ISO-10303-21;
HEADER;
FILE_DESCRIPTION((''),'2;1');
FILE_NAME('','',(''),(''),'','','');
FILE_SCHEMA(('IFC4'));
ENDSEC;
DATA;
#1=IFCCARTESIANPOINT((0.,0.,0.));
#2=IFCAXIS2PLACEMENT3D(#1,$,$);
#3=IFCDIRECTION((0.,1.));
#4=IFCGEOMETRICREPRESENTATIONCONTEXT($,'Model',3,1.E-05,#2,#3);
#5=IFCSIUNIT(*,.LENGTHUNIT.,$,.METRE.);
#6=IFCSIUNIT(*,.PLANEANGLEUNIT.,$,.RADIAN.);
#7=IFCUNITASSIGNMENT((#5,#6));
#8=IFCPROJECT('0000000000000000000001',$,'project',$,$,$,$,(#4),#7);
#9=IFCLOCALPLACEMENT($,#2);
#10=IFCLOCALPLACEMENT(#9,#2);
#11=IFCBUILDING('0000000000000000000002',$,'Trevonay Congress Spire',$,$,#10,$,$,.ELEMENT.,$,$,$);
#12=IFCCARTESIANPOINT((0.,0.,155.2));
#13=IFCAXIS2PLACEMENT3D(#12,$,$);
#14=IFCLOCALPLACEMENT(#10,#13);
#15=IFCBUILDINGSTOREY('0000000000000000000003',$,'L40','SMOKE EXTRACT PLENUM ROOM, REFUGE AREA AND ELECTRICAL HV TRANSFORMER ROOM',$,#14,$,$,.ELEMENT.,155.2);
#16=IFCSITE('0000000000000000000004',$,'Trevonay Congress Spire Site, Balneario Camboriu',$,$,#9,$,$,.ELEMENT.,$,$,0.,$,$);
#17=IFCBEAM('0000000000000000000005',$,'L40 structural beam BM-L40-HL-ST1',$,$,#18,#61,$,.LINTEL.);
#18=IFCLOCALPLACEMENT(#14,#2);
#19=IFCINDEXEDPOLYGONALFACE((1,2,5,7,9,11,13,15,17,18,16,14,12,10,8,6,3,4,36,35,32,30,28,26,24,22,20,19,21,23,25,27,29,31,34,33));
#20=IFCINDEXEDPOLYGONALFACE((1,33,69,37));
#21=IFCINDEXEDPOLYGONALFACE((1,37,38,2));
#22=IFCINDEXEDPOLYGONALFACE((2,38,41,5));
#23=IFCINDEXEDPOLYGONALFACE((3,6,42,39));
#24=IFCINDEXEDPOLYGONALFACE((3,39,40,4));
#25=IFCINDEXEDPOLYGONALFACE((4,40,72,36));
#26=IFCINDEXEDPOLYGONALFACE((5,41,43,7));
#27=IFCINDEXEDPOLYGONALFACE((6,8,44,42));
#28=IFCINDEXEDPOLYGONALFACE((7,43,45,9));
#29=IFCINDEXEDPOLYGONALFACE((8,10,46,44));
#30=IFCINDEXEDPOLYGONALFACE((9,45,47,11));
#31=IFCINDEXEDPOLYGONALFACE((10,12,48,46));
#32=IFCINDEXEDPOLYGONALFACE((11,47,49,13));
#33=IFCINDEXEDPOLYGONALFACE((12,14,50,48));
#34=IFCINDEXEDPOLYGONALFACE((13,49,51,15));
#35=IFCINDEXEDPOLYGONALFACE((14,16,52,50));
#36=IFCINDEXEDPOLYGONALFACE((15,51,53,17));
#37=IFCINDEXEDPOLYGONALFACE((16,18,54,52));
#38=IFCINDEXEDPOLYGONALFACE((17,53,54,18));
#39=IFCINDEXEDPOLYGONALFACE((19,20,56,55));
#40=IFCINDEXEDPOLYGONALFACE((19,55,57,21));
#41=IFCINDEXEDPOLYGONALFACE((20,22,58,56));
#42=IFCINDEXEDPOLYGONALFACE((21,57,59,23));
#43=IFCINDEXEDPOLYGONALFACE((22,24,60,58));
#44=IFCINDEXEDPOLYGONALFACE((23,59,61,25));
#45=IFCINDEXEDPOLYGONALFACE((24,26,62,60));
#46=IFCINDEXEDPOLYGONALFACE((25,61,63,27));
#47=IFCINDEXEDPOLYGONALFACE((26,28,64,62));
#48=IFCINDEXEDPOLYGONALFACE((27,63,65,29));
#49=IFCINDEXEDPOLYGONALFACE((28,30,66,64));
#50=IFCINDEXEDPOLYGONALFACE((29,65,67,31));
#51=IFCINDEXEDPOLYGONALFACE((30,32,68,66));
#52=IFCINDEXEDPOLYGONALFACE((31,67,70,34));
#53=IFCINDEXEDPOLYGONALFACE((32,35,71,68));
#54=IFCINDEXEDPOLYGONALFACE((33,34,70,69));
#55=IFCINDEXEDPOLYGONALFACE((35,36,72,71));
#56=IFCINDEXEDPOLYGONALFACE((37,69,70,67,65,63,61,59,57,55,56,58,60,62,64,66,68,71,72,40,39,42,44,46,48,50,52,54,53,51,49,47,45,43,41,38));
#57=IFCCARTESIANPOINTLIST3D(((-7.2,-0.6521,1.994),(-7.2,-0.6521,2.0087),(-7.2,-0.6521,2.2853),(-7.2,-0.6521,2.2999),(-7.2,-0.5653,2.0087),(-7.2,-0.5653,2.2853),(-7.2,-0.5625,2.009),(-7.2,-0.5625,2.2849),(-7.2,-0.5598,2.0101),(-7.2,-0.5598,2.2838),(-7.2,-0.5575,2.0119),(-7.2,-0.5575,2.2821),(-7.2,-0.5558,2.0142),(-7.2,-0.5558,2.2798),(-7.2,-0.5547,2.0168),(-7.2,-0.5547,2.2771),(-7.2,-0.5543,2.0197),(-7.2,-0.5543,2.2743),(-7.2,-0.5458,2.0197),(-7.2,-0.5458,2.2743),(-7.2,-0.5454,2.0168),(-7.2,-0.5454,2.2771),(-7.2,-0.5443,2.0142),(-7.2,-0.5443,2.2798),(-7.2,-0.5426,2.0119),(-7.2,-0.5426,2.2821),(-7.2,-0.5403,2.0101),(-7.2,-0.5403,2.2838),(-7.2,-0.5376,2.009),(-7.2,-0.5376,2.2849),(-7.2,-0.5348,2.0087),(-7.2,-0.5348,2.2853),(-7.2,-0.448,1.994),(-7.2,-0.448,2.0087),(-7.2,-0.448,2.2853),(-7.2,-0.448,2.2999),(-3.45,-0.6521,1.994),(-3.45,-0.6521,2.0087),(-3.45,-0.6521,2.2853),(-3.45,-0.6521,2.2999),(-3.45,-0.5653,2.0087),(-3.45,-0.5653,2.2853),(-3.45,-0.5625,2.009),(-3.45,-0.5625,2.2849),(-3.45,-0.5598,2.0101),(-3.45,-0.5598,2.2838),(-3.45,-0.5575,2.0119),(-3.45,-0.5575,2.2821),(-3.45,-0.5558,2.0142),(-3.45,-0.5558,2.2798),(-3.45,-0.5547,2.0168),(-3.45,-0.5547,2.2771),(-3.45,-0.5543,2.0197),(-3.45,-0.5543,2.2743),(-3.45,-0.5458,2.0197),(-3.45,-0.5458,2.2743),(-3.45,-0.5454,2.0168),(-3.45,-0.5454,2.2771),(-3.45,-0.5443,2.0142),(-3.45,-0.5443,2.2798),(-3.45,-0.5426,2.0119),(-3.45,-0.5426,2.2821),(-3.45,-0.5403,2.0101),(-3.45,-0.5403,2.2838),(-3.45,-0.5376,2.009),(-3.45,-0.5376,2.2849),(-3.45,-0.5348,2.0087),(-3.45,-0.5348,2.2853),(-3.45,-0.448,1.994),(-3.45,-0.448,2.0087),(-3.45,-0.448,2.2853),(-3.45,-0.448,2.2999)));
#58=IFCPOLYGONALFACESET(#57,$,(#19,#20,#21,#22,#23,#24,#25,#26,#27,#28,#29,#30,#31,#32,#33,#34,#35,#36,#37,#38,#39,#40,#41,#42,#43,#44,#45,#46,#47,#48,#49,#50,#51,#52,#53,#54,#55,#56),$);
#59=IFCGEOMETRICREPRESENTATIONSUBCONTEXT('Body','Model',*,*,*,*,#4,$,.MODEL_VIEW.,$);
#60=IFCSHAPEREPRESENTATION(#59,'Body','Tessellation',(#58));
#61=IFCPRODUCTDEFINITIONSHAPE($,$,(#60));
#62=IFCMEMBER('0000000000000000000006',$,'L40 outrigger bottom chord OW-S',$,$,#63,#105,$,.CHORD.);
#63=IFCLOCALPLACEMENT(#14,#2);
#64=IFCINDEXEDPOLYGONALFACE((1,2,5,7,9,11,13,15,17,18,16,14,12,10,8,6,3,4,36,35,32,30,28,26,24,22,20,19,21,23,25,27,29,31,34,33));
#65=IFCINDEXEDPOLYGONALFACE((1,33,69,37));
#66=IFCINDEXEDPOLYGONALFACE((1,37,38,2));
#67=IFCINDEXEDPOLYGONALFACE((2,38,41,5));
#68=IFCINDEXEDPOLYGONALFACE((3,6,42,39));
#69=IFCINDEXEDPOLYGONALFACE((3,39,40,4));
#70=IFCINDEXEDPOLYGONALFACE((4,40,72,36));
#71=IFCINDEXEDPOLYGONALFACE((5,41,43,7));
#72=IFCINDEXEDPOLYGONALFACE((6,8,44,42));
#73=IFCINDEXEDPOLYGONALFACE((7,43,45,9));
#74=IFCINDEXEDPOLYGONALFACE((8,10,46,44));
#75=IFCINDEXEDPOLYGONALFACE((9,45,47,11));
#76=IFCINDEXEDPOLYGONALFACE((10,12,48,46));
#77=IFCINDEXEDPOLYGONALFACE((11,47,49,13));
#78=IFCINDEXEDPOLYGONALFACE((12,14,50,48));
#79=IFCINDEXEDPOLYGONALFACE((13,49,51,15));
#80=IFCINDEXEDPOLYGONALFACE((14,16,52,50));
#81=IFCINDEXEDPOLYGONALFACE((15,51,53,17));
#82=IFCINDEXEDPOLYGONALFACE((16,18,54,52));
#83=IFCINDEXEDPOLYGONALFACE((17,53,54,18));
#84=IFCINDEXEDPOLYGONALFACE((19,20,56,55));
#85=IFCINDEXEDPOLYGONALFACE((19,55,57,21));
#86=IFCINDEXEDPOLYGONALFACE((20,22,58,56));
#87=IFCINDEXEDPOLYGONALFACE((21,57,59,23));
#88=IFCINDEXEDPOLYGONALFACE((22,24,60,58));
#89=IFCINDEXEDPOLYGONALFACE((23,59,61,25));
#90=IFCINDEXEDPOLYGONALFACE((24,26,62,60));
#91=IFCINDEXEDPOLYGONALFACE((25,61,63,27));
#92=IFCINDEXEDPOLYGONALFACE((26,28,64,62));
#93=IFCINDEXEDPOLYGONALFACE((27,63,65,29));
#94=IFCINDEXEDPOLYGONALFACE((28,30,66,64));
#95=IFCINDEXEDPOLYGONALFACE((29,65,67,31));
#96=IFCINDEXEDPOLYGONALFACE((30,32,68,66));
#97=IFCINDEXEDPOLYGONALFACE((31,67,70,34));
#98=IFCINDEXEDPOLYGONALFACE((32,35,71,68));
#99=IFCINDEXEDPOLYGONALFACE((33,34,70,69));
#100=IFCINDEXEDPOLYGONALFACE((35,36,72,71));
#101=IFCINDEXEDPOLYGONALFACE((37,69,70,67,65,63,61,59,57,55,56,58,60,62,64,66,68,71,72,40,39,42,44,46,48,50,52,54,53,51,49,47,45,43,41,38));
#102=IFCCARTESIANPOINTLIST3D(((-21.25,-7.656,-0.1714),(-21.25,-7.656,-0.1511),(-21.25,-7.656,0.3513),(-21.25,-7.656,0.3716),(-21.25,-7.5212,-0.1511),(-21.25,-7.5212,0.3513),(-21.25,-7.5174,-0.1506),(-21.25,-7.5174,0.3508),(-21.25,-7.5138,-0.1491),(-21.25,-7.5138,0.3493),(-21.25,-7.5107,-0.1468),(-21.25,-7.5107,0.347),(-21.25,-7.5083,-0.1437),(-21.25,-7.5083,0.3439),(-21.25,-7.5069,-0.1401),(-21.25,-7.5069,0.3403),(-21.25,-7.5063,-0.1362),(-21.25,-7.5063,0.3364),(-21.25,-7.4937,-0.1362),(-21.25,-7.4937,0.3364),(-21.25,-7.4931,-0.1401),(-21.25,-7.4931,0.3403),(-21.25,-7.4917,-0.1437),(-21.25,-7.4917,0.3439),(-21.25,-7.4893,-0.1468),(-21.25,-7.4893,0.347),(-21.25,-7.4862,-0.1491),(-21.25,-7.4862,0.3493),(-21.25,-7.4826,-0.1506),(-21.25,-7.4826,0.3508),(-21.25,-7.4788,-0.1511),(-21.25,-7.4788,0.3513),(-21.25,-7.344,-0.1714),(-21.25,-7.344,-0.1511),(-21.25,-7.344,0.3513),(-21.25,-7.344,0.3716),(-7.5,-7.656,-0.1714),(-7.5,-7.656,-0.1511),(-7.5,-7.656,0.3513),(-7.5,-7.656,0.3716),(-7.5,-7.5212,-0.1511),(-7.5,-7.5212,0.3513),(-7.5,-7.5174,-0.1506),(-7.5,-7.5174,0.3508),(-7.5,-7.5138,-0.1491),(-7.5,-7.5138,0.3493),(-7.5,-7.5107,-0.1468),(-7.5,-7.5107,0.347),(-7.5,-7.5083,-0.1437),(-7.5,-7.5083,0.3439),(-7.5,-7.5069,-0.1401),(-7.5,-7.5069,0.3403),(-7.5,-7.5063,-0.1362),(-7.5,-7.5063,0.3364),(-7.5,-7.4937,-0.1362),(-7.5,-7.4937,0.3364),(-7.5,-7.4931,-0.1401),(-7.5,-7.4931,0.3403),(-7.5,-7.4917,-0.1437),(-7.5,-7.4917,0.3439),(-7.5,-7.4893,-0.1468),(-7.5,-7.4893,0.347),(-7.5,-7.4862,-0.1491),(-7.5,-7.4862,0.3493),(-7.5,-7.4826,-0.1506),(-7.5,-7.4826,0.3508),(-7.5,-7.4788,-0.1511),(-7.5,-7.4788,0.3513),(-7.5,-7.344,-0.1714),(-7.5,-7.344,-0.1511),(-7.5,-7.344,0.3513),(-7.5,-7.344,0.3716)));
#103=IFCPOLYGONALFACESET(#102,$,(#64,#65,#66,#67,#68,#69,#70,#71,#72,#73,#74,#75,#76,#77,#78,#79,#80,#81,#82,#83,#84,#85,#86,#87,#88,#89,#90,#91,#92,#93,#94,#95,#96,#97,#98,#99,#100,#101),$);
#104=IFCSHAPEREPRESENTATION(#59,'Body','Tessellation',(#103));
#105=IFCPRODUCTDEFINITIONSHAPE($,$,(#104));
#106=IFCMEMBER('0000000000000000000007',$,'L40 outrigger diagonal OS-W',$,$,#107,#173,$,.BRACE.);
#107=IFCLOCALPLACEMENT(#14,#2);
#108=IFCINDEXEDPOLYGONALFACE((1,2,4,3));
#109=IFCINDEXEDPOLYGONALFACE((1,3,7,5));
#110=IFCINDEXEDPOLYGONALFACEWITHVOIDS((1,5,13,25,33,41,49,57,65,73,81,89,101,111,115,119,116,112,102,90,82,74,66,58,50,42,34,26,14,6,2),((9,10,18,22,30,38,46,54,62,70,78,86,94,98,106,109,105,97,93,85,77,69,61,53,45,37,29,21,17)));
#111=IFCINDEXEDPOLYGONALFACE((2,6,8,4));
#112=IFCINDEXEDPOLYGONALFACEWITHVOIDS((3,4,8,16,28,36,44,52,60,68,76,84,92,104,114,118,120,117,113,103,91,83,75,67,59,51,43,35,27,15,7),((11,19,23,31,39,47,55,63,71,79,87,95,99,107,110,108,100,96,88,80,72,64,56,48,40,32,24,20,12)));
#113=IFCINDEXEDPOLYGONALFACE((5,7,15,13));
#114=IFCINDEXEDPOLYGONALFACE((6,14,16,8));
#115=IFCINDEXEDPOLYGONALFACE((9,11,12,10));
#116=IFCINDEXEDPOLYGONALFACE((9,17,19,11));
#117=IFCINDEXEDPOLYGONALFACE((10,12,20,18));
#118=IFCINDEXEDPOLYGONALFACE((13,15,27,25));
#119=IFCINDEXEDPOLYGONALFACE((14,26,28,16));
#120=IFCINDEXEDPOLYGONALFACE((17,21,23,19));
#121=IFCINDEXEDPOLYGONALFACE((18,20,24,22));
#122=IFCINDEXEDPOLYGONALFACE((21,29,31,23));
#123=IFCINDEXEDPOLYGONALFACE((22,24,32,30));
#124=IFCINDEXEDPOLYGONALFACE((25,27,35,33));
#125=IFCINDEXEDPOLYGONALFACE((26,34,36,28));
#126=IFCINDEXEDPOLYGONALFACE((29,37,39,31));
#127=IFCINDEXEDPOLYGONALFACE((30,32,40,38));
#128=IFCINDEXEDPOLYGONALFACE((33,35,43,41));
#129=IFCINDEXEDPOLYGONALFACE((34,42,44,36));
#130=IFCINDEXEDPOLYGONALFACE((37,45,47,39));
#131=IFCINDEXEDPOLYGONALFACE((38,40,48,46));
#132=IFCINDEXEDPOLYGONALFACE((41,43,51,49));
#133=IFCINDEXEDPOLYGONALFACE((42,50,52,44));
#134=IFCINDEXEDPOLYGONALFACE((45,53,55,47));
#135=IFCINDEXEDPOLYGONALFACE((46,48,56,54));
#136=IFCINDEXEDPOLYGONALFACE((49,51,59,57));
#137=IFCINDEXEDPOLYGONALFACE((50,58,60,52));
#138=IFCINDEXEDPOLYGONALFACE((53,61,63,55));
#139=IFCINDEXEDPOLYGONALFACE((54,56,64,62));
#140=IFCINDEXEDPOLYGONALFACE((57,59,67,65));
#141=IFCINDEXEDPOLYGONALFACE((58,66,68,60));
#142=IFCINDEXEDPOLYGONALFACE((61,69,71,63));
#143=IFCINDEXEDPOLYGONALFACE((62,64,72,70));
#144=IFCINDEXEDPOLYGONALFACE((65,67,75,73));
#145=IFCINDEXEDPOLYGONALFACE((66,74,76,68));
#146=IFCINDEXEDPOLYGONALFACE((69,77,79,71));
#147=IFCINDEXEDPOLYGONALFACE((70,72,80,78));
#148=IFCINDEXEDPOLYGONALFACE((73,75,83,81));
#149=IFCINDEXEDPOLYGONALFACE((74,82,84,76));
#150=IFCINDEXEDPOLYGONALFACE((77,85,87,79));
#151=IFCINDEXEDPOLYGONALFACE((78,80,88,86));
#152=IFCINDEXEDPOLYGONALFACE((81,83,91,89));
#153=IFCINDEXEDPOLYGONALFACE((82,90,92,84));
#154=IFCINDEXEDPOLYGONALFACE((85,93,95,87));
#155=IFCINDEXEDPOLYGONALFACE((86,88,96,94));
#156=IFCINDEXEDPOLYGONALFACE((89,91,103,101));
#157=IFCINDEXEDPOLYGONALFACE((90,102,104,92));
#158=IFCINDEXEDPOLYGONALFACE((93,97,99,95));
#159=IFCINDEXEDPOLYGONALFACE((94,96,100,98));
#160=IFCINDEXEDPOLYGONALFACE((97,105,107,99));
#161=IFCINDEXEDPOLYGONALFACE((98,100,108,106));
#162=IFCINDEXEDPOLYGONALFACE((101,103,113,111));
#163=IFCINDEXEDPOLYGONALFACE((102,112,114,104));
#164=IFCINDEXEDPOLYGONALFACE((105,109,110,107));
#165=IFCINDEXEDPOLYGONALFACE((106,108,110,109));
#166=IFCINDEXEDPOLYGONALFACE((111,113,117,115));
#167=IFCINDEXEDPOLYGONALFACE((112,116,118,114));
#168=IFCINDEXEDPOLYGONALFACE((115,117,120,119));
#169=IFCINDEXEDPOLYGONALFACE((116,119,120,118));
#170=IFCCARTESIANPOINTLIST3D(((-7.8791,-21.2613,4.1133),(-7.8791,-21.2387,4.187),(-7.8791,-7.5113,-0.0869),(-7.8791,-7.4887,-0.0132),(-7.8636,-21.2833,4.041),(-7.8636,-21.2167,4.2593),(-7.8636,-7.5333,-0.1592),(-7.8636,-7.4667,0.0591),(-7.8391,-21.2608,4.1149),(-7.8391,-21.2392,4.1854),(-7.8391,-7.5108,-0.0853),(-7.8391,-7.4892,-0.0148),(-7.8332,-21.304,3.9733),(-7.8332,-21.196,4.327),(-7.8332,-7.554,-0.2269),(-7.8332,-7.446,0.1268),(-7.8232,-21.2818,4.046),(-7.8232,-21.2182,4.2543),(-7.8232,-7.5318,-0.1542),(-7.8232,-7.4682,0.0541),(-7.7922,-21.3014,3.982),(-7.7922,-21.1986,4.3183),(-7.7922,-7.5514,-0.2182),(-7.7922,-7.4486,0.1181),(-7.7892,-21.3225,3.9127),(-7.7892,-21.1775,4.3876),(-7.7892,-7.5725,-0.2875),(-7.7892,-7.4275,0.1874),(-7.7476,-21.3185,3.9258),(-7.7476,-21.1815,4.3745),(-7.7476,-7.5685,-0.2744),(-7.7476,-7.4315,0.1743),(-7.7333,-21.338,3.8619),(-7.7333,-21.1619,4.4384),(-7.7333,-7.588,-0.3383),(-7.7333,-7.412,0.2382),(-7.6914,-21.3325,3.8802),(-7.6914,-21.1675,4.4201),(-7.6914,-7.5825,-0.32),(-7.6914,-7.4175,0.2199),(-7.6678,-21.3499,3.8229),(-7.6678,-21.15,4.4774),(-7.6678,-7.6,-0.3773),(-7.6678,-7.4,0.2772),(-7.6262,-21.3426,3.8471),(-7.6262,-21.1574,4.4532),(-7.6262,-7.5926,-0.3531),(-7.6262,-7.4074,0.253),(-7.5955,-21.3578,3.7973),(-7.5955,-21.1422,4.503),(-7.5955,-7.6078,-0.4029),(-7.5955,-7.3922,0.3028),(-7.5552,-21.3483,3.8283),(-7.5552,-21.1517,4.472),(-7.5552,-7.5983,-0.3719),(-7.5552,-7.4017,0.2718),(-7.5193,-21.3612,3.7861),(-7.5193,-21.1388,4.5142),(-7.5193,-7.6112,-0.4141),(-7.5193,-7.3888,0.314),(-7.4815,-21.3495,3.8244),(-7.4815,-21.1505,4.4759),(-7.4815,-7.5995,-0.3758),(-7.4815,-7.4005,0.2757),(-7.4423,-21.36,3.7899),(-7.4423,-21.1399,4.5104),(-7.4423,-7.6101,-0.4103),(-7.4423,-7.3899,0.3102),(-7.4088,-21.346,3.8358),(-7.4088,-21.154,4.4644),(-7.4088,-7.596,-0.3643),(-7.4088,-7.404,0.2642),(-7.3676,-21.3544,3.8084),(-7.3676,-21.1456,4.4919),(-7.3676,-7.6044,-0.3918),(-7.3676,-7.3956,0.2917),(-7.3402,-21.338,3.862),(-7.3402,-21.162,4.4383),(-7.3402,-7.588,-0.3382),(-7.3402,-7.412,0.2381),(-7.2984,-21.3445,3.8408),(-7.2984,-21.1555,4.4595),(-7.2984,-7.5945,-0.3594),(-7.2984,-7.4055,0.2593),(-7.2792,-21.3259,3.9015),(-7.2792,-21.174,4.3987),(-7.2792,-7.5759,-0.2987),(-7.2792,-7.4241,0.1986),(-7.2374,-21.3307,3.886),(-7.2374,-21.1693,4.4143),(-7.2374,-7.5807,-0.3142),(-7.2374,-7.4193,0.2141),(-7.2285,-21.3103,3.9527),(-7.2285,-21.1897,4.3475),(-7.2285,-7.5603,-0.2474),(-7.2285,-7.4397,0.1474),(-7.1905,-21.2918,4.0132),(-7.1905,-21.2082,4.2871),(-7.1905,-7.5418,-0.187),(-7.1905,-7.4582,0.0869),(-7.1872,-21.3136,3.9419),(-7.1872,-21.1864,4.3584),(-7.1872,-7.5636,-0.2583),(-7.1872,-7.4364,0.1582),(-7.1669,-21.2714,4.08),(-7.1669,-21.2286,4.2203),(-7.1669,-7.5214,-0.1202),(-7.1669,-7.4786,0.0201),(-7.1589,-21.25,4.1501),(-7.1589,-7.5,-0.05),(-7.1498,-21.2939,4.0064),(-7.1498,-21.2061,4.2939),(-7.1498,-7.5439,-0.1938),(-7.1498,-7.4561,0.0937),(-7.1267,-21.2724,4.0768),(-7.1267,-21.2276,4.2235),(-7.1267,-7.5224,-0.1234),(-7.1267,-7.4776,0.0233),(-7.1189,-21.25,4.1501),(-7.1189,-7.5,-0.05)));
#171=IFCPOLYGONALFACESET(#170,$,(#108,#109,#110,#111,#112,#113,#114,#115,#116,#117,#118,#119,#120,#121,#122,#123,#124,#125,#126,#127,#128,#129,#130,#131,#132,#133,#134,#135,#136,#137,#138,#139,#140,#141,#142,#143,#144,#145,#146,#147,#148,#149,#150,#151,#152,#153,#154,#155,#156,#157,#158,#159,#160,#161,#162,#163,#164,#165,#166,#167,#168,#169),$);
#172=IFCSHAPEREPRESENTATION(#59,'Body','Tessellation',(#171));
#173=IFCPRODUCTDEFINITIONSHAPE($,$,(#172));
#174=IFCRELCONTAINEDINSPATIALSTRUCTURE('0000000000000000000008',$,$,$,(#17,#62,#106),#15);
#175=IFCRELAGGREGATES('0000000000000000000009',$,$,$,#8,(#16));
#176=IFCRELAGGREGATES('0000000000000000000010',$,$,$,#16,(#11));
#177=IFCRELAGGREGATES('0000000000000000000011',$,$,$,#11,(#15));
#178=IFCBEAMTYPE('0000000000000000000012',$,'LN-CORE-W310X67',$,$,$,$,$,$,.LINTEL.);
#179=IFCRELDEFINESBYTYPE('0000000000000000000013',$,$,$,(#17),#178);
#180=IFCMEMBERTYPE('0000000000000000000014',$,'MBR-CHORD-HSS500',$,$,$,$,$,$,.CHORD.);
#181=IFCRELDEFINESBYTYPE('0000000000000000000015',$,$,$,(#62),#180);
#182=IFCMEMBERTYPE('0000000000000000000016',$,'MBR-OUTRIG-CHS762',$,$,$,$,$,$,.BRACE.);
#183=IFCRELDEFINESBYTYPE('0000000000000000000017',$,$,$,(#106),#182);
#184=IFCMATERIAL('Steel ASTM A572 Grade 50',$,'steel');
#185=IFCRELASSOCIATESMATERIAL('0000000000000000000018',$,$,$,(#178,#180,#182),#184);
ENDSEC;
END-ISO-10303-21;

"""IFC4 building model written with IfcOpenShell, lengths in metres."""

from ifc_helpers import new_model, si_unit, direction, frame, origin, origin_2d, place, context, subcontext, project, spatial, hollow_circle, i_section, extrude, material, material_profile, profile_set, type_object, element, save


model = new_model("IFC4")

# Units and contexts
model_context = context("Model", 3, precision=1e-05, world=origin(), true_north=direction((0.0, 1.0)))
body_context = subcontext(model_context, "Body", "Model", "MODEL_VIEW")
ifc_project = project(units=[si_unit("LENGTHUNIT", "METRE"), si_unit("PLANEANGLEUNIT", "RADIAN")], contexts=[model_context])

# Site, building, storey
site_placement = place(None, origin())
site = spatial("IfcSite", under=ifc_project, at=site_placement, Name="Trevonay Congress Spire Site, Balneario Camboriu", CompositionType="ELEMENT", RefElevation=0.0)
building_placement = place(site_placement, origin())
building = spatial("IfcBuilding", under=site, at=building_placement, Name="Trevonay Congress Spire", CompositionType="ELEMENT")
storey_placement = place(building_placement, frame((0.0, 0.0, 155.2)))
storey = spatial("IfcBuildingStorey", under=building, at=storey_placement, Name="L40", Description="SMOKE EXTRACT PLENUM ROOM, REFUGE AREA AND ELECTRICAL HV TRANSFORMER ROOM", CompositionType="ELEMENT", Elevation=155.2)

# Shared definitions
ifc_material_1 = material(Name="Steel ASTM A572 Grade 50", Category="steel")

# Beam
ifc_material_profile_1 = material_profile(ifc_material_1, i_section(OverallWidth=0.2041, OverallDepth=0.3059, WebThickness=0.0085, FlangeThickness=0.0146, FilletRadius=0.011, at=origin_2d()), Name="W310x67")
ifc_profile_set_1 = profile_set([ifc_material_profile_1], Name="Steel ASTM A572 Grade 50")
beam_type_1 = type_object("IfcBeamType", Name="LN-CORE-W310X67", PredefinedType="LINTEL", material=ifc_profile_set_1)
beam_1_placement = place(storey_placement, frame((-7.2, -0.55, 2.147), z_axis=(1.0, 0.0, 0.0), x_axis=(0.0, 1.0, 0.0)))
element("IfcBeam", 1, at=beam_1_placement, inside=storey, type_object=beam_type_1, Name="L40 structural beam BM-L40-HL-ST1", PredefinedType="LINTEL", context=body_context, shape_type="SweptSolid", body=[
    extrude(i_section(OverallWidth=0.2041, OverallDepth=0.3059, WebThickness=0.0085, FlangeThickness=0.0146, FilletRadius=0.011, at=origin_2d()), origin(), (0.0, 0.0, 1.0), 3.75),
])

# Members
ifc_material_profile_2 = material_profile(ifc_material_1, i_section(OverallWidth=0.312, OverallDepth=0.543, WebThickness=0.0127, FlangeThickness=0.0203, FilletRadius=0.0149, at=origin_2d()), Name="W530x150")
ifc_profile_set_2 = profile_set([ifc_material_profile_2], Name="Steel ASTM A572 Grade 50")
member_type_1 = type_object("IfcMemberType", Name="MBR-CHORD-HSS500", PredefinedType="CHORD", material=ifc_profile_set_2)
member_placement = place(storey_placement, frame((-7.5, -7.5, 0.1001), z_axis=(-1.0, 0.0, 0.0), x_axis=(0.0, -1.0, 0.0)))
element("IfcMember", 2, at=member_placement, inside=storey, type_object=member_type_1, Name="L40 outrigger bottom chord OW-S", PredefinedType="CHORD", context=body_context, shape_type="SweptSolid", body=[
    extrude(i_section(OverallWidth=0.312, OverallDepth=0.543, WebThickness=0.0127, FlangeThickness=0.0203, FilletRadius=0.0149, at=origin_2d()), origin(), (0.0, 0.0, 1.0), 13.75),
])
ifc_material_profile_3 = material_profile(ifc_material_1, hollow_circle(Radius=0.3811, WallThickness=0.04, at=origin_2d()), Name="CHS 762x40")
ifc_profile_set_3 = profile_set([ifc_material_profile_3], Name="Steel ASTM A572 Grade 50")
member_type_2 = type_object("IfcMemberType", Name="MBR-OUTRIG-CHS762", PredefinedType="BRACE", material=ifc_profile_set_3)
for number, where, z_axis, x_axis, name in (
    (3, (-7.5, -7.5, -0.05), (0.0, -0.956375, 0.292143), (1.0, 0.0, 0.0), "L40 outrigger diagonal OS-W"),
):
    element("IfcMember", number, at=place(storey_placement, frame(where, z_axis=z_axis, x_axis=x_axis)), inside=storey, type_object=member_type_2, Name=name, PredefinedType="BRACE", context=body_context, shape_type="SweptSolid", body=[
        extrude(hollow_circle(Radius=0.3811, WallThickness=0.04, at=origin_2d()), origin(), (0.0, 0.0, 1.0), 14.3772),
    ])

save(model, "model.ifc")
